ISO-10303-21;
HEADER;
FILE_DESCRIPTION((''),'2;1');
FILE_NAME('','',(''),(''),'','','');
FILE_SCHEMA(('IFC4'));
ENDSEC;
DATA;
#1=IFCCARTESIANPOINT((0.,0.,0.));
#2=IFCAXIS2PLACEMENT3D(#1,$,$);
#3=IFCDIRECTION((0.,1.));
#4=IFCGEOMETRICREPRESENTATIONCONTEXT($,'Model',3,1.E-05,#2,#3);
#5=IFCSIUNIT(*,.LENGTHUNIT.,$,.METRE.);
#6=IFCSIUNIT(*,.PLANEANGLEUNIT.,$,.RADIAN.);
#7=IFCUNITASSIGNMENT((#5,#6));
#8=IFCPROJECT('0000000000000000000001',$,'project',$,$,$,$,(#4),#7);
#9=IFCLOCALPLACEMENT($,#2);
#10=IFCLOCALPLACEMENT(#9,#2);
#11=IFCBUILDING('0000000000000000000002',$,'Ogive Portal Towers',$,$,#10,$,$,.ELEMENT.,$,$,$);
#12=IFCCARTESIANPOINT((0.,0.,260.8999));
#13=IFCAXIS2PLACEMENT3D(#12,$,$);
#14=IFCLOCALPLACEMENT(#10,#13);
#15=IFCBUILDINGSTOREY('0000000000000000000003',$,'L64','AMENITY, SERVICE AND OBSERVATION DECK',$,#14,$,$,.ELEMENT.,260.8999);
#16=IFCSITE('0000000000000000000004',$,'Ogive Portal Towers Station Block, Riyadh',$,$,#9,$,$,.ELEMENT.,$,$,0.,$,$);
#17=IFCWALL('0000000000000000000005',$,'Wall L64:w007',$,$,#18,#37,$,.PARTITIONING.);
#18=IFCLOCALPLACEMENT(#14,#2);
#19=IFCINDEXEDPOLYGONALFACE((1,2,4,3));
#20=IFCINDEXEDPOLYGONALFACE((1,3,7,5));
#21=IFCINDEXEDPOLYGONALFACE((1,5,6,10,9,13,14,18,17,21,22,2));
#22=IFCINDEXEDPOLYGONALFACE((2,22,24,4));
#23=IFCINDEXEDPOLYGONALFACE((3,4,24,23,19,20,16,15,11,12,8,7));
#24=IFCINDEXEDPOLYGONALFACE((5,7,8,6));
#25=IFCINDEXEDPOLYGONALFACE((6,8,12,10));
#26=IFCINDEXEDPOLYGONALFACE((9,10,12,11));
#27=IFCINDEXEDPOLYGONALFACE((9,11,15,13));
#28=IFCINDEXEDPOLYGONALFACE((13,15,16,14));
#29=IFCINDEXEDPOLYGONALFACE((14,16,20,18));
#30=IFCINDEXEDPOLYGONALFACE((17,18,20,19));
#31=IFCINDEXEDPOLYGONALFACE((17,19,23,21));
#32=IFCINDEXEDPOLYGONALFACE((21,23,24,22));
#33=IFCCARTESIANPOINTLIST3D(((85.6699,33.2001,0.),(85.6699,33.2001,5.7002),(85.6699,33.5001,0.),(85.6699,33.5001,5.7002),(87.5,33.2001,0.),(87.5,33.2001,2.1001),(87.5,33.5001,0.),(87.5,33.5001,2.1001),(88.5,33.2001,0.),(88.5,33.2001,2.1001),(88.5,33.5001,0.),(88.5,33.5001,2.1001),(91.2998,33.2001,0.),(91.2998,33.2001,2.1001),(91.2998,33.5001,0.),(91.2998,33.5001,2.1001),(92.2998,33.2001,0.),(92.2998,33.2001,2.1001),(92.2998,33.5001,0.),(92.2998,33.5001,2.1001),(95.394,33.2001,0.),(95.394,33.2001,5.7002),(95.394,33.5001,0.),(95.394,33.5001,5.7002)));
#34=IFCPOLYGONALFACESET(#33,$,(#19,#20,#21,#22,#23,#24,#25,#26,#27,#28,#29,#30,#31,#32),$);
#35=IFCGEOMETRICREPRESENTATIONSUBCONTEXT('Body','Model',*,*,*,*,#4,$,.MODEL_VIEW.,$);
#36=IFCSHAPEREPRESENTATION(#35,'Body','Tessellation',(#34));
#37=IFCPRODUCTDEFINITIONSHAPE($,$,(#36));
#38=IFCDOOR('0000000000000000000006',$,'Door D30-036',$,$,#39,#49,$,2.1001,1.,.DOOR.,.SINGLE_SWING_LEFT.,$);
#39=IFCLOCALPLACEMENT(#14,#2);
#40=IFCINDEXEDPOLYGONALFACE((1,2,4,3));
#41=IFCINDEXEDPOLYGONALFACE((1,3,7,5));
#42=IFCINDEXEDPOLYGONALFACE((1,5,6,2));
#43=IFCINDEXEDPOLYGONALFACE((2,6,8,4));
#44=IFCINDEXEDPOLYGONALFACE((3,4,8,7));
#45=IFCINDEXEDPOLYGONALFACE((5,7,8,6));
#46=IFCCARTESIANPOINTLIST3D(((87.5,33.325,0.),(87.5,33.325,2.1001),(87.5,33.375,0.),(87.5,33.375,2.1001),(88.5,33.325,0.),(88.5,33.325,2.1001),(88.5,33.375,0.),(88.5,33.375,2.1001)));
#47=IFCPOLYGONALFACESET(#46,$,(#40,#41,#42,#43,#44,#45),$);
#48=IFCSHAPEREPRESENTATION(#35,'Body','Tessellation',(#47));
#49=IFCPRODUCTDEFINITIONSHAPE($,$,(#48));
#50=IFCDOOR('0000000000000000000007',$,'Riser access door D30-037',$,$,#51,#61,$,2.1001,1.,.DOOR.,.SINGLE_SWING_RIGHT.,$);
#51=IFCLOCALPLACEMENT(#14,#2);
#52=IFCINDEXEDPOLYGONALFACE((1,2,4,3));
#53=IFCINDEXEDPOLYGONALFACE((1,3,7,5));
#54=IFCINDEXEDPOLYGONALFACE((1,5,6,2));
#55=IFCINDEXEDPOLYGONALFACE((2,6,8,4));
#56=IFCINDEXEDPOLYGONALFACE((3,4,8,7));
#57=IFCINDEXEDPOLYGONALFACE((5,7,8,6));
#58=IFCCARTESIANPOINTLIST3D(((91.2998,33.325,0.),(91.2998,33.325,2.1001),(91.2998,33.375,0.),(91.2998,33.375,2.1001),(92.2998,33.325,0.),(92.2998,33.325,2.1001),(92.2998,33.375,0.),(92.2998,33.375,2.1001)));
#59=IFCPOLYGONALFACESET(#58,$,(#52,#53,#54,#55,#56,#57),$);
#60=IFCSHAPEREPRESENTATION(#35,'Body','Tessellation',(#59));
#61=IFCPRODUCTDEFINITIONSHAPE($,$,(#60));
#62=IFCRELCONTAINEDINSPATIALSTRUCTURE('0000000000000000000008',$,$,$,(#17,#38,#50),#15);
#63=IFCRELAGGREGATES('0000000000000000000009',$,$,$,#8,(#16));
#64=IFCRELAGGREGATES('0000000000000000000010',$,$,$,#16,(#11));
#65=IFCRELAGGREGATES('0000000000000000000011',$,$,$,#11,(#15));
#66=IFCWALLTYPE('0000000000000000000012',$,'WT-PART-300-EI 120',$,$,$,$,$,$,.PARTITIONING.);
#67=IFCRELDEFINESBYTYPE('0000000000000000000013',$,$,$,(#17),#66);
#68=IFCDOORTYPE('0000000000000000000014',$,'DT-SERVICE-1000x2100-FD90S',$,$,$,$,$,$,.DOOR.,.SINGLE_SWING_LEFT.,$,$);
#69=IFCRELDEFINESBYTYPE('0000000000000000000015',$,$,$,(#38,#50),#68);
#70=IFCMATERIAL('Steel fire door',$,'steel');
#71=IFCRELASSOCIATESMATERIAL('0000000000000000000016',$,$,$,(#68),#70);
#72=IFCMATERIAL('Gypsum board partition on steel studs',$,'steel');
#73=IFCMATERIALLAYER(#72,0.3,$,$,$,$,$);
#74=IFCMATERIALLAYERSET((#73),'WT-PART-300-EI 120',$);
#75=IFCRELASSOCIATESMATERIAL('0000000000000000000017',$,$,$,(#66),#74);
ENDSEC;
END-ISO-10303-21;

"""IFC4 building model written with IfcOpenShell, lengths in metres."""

from ifc_helpers import new_model, si_unit, direction, frame, frame_2d, origin, place, context, subcontext, project, spatial, rectangle, extrude, material, layer, layer_set, type_object, element, fill, save


model = new_model("IFC4")

# Units and contexts
model_context = context("Model", 3, precision=1e-05, world=origin(), true_north=direction((0.0, 1.0)))
body_context = subcontext(model_context, "Body", "Model", "MODEL_VIEW")
ifc_project = project(units=[si_unit("LENGTHUNIT", "METRE"), si_unit("PLANEANGLEUNIT", "RADIAN")], contexts=[model_context])

# Site, building, storey
site_placement = place(None, origin())
site = spatial("IfcSite", under=ifc_project, at=site_placement, Name="Ogive Portal Towers Station Block, Riyadh", CompositionType="ELEMENT", RefElevation=0.0)
building_placement = place(site_placement, origin())
building = spatial("IfcBuilding", under=site, at=building_placement, Name="Ogive Portal Towers", CompositionType="ELEMENT")
storey_placement = place(building_placement, frame((0.0, 0.0, 260.8999)))
storey = spatial("IfcBuildingStorey", under=building, at=storey_placement, Name="L64", Description="AMENITY, SERVICE AND OBSERVATION DECK", CompositionType="ELEMENT", Elevation=260.8999)

# Wall, openings, doors
ifc_material_1 = material(Name="Steel fire door", Category="steel")
door_type_1 = type_object("IfcDoorType", Name="DT-SERVICE-1000x2100-FD90S", OperationType="SINGLE_SWING_LEFT", PredefinedType="DOOR", material=ifc_material_1)
ifc_material_2 = material(Name="Gypsum board partition on steel studs", Category="steel")
ifc_layer_1 = layer(ifc_material_2, 0.3)
ifc_layer_set_1 = layer_set([ifc_layer_1], Name="WT-PART-300-EI 120")
wall_type_1 = type_object("IfcWallType", Name="WT-PART-300-EI 120", PredefinedType="PARTITIONING", material=ifc_layer_set_1)
wall_1_placement = place(storey_placement, frame((85.6699, 33.3501, 0.0), z_axis=(0.0, 0.0, 1.0), x_axis=(1.0, 0.0, 0.0)))
wall_1 = element("IfcWall", 1, at=wall_1_placement, inside=storey, type_object=wall_type_1, Name="Wall L64:w007", PredefinedType="PARTITIONING", context=body_context, shape_type="SweptSolid", body=[
    extrude(rectangle(XDim=9.7241, YDim=0.3, at=frame_2d((4.8621, 0.0))), origin(), (0.0, 0.0, 1.0), 5.7002),
])
opening_1_placement = place(wall_1_placement, frame((1.8301, 0.0, 0.0)))
opening_1 = element("IfcOpeningElement", 2, at=opening_1_placement, cuts=wall_1, PredefinedType="OPENING", context=body_context, shape_type="SweptSolid", body=[
    extrude(rectangle(XDim=1.0, YDim=2.1001, at=frame_2d((0.5, 1.05))), frame((0.0, 0.1602, 0.0), z_axis=(0.0, -1.0, 0.0), x_axis=(1.0, 0.0, 0.0)), (0.0, 0.0, 1.0), 0.3201),
])
opening_2_placement = place(wall_1_placement, frame((5.6299, 0.0, 0.0)))
opening_2 = element("IfcOpeningElement", 3, at=opening_2_placement, cuts=wall_1, PredefinedType="OPENING", context=body_context, shape_type="SweptSolid", body=[
    extrude(rectangle(XDim=1.0, YDim=2.1001, at=frame_2d((0.5, 1.05))), frame((0.0, 0.1602, 0.0), z_axis=(0.0, -1.0, 0.0), x_axis=(1.0, 0.0, 0.0)), (0.0, 0.0, 1.0), 0.3201),
])
door_1_placement = place(opening_1_placement, origin())
door_1 = element("IfcDoor", 4, at=door_1_placement, inside=storey, type_object=door_type_1, Name="Door D30-036", OperationType="SINGLE_SWING_LEFT", OverallHeight=2.1001, OverallWidth=1.0, PredefinedType="DOOR", context=body_context, shape_type="SweptSolid", body=[
    extrude(rectangle(XDim=1.0, YDim=2.1001, at=frame_2d((0.5, 1.05))), frame((0.0, 0.0249, 0.0), z_axis=(0.0, -1.0, 0.0), x_axis=(1.0, 0.0, 0.0)), (0.0, 0.0, 1.0), 0.05),
])
fill(opening_1, door_1)
door_2_placement = place(opening_2_placement, origin())
door_2 = element("IfcDoor", 5, at=door_2_placement, inside=storey, type_object=door_type_1, Name="Riser access door D30-037", OperationType="SINGLE_SWING_RIGHT", OverallHeight=2.1001, OverallWidth=1.0, PredefinedType="DOOR", context=body_context, shape_type="SweptSolid", body=[
    extrude(rectangle(XDim=1.0, YDim=2.1001, at=frame_2d((0.5, 1.05))), frame((0.0, 0.0249, 0.0), z_axis=(0.0, -1.0, 0.0), x_axis=(1.0, 0.0, 0.0)), (0.0, 0.0, 1.0), 0.05),
])
fill(opening_2, door_2)

save(model, "model.ifc")
